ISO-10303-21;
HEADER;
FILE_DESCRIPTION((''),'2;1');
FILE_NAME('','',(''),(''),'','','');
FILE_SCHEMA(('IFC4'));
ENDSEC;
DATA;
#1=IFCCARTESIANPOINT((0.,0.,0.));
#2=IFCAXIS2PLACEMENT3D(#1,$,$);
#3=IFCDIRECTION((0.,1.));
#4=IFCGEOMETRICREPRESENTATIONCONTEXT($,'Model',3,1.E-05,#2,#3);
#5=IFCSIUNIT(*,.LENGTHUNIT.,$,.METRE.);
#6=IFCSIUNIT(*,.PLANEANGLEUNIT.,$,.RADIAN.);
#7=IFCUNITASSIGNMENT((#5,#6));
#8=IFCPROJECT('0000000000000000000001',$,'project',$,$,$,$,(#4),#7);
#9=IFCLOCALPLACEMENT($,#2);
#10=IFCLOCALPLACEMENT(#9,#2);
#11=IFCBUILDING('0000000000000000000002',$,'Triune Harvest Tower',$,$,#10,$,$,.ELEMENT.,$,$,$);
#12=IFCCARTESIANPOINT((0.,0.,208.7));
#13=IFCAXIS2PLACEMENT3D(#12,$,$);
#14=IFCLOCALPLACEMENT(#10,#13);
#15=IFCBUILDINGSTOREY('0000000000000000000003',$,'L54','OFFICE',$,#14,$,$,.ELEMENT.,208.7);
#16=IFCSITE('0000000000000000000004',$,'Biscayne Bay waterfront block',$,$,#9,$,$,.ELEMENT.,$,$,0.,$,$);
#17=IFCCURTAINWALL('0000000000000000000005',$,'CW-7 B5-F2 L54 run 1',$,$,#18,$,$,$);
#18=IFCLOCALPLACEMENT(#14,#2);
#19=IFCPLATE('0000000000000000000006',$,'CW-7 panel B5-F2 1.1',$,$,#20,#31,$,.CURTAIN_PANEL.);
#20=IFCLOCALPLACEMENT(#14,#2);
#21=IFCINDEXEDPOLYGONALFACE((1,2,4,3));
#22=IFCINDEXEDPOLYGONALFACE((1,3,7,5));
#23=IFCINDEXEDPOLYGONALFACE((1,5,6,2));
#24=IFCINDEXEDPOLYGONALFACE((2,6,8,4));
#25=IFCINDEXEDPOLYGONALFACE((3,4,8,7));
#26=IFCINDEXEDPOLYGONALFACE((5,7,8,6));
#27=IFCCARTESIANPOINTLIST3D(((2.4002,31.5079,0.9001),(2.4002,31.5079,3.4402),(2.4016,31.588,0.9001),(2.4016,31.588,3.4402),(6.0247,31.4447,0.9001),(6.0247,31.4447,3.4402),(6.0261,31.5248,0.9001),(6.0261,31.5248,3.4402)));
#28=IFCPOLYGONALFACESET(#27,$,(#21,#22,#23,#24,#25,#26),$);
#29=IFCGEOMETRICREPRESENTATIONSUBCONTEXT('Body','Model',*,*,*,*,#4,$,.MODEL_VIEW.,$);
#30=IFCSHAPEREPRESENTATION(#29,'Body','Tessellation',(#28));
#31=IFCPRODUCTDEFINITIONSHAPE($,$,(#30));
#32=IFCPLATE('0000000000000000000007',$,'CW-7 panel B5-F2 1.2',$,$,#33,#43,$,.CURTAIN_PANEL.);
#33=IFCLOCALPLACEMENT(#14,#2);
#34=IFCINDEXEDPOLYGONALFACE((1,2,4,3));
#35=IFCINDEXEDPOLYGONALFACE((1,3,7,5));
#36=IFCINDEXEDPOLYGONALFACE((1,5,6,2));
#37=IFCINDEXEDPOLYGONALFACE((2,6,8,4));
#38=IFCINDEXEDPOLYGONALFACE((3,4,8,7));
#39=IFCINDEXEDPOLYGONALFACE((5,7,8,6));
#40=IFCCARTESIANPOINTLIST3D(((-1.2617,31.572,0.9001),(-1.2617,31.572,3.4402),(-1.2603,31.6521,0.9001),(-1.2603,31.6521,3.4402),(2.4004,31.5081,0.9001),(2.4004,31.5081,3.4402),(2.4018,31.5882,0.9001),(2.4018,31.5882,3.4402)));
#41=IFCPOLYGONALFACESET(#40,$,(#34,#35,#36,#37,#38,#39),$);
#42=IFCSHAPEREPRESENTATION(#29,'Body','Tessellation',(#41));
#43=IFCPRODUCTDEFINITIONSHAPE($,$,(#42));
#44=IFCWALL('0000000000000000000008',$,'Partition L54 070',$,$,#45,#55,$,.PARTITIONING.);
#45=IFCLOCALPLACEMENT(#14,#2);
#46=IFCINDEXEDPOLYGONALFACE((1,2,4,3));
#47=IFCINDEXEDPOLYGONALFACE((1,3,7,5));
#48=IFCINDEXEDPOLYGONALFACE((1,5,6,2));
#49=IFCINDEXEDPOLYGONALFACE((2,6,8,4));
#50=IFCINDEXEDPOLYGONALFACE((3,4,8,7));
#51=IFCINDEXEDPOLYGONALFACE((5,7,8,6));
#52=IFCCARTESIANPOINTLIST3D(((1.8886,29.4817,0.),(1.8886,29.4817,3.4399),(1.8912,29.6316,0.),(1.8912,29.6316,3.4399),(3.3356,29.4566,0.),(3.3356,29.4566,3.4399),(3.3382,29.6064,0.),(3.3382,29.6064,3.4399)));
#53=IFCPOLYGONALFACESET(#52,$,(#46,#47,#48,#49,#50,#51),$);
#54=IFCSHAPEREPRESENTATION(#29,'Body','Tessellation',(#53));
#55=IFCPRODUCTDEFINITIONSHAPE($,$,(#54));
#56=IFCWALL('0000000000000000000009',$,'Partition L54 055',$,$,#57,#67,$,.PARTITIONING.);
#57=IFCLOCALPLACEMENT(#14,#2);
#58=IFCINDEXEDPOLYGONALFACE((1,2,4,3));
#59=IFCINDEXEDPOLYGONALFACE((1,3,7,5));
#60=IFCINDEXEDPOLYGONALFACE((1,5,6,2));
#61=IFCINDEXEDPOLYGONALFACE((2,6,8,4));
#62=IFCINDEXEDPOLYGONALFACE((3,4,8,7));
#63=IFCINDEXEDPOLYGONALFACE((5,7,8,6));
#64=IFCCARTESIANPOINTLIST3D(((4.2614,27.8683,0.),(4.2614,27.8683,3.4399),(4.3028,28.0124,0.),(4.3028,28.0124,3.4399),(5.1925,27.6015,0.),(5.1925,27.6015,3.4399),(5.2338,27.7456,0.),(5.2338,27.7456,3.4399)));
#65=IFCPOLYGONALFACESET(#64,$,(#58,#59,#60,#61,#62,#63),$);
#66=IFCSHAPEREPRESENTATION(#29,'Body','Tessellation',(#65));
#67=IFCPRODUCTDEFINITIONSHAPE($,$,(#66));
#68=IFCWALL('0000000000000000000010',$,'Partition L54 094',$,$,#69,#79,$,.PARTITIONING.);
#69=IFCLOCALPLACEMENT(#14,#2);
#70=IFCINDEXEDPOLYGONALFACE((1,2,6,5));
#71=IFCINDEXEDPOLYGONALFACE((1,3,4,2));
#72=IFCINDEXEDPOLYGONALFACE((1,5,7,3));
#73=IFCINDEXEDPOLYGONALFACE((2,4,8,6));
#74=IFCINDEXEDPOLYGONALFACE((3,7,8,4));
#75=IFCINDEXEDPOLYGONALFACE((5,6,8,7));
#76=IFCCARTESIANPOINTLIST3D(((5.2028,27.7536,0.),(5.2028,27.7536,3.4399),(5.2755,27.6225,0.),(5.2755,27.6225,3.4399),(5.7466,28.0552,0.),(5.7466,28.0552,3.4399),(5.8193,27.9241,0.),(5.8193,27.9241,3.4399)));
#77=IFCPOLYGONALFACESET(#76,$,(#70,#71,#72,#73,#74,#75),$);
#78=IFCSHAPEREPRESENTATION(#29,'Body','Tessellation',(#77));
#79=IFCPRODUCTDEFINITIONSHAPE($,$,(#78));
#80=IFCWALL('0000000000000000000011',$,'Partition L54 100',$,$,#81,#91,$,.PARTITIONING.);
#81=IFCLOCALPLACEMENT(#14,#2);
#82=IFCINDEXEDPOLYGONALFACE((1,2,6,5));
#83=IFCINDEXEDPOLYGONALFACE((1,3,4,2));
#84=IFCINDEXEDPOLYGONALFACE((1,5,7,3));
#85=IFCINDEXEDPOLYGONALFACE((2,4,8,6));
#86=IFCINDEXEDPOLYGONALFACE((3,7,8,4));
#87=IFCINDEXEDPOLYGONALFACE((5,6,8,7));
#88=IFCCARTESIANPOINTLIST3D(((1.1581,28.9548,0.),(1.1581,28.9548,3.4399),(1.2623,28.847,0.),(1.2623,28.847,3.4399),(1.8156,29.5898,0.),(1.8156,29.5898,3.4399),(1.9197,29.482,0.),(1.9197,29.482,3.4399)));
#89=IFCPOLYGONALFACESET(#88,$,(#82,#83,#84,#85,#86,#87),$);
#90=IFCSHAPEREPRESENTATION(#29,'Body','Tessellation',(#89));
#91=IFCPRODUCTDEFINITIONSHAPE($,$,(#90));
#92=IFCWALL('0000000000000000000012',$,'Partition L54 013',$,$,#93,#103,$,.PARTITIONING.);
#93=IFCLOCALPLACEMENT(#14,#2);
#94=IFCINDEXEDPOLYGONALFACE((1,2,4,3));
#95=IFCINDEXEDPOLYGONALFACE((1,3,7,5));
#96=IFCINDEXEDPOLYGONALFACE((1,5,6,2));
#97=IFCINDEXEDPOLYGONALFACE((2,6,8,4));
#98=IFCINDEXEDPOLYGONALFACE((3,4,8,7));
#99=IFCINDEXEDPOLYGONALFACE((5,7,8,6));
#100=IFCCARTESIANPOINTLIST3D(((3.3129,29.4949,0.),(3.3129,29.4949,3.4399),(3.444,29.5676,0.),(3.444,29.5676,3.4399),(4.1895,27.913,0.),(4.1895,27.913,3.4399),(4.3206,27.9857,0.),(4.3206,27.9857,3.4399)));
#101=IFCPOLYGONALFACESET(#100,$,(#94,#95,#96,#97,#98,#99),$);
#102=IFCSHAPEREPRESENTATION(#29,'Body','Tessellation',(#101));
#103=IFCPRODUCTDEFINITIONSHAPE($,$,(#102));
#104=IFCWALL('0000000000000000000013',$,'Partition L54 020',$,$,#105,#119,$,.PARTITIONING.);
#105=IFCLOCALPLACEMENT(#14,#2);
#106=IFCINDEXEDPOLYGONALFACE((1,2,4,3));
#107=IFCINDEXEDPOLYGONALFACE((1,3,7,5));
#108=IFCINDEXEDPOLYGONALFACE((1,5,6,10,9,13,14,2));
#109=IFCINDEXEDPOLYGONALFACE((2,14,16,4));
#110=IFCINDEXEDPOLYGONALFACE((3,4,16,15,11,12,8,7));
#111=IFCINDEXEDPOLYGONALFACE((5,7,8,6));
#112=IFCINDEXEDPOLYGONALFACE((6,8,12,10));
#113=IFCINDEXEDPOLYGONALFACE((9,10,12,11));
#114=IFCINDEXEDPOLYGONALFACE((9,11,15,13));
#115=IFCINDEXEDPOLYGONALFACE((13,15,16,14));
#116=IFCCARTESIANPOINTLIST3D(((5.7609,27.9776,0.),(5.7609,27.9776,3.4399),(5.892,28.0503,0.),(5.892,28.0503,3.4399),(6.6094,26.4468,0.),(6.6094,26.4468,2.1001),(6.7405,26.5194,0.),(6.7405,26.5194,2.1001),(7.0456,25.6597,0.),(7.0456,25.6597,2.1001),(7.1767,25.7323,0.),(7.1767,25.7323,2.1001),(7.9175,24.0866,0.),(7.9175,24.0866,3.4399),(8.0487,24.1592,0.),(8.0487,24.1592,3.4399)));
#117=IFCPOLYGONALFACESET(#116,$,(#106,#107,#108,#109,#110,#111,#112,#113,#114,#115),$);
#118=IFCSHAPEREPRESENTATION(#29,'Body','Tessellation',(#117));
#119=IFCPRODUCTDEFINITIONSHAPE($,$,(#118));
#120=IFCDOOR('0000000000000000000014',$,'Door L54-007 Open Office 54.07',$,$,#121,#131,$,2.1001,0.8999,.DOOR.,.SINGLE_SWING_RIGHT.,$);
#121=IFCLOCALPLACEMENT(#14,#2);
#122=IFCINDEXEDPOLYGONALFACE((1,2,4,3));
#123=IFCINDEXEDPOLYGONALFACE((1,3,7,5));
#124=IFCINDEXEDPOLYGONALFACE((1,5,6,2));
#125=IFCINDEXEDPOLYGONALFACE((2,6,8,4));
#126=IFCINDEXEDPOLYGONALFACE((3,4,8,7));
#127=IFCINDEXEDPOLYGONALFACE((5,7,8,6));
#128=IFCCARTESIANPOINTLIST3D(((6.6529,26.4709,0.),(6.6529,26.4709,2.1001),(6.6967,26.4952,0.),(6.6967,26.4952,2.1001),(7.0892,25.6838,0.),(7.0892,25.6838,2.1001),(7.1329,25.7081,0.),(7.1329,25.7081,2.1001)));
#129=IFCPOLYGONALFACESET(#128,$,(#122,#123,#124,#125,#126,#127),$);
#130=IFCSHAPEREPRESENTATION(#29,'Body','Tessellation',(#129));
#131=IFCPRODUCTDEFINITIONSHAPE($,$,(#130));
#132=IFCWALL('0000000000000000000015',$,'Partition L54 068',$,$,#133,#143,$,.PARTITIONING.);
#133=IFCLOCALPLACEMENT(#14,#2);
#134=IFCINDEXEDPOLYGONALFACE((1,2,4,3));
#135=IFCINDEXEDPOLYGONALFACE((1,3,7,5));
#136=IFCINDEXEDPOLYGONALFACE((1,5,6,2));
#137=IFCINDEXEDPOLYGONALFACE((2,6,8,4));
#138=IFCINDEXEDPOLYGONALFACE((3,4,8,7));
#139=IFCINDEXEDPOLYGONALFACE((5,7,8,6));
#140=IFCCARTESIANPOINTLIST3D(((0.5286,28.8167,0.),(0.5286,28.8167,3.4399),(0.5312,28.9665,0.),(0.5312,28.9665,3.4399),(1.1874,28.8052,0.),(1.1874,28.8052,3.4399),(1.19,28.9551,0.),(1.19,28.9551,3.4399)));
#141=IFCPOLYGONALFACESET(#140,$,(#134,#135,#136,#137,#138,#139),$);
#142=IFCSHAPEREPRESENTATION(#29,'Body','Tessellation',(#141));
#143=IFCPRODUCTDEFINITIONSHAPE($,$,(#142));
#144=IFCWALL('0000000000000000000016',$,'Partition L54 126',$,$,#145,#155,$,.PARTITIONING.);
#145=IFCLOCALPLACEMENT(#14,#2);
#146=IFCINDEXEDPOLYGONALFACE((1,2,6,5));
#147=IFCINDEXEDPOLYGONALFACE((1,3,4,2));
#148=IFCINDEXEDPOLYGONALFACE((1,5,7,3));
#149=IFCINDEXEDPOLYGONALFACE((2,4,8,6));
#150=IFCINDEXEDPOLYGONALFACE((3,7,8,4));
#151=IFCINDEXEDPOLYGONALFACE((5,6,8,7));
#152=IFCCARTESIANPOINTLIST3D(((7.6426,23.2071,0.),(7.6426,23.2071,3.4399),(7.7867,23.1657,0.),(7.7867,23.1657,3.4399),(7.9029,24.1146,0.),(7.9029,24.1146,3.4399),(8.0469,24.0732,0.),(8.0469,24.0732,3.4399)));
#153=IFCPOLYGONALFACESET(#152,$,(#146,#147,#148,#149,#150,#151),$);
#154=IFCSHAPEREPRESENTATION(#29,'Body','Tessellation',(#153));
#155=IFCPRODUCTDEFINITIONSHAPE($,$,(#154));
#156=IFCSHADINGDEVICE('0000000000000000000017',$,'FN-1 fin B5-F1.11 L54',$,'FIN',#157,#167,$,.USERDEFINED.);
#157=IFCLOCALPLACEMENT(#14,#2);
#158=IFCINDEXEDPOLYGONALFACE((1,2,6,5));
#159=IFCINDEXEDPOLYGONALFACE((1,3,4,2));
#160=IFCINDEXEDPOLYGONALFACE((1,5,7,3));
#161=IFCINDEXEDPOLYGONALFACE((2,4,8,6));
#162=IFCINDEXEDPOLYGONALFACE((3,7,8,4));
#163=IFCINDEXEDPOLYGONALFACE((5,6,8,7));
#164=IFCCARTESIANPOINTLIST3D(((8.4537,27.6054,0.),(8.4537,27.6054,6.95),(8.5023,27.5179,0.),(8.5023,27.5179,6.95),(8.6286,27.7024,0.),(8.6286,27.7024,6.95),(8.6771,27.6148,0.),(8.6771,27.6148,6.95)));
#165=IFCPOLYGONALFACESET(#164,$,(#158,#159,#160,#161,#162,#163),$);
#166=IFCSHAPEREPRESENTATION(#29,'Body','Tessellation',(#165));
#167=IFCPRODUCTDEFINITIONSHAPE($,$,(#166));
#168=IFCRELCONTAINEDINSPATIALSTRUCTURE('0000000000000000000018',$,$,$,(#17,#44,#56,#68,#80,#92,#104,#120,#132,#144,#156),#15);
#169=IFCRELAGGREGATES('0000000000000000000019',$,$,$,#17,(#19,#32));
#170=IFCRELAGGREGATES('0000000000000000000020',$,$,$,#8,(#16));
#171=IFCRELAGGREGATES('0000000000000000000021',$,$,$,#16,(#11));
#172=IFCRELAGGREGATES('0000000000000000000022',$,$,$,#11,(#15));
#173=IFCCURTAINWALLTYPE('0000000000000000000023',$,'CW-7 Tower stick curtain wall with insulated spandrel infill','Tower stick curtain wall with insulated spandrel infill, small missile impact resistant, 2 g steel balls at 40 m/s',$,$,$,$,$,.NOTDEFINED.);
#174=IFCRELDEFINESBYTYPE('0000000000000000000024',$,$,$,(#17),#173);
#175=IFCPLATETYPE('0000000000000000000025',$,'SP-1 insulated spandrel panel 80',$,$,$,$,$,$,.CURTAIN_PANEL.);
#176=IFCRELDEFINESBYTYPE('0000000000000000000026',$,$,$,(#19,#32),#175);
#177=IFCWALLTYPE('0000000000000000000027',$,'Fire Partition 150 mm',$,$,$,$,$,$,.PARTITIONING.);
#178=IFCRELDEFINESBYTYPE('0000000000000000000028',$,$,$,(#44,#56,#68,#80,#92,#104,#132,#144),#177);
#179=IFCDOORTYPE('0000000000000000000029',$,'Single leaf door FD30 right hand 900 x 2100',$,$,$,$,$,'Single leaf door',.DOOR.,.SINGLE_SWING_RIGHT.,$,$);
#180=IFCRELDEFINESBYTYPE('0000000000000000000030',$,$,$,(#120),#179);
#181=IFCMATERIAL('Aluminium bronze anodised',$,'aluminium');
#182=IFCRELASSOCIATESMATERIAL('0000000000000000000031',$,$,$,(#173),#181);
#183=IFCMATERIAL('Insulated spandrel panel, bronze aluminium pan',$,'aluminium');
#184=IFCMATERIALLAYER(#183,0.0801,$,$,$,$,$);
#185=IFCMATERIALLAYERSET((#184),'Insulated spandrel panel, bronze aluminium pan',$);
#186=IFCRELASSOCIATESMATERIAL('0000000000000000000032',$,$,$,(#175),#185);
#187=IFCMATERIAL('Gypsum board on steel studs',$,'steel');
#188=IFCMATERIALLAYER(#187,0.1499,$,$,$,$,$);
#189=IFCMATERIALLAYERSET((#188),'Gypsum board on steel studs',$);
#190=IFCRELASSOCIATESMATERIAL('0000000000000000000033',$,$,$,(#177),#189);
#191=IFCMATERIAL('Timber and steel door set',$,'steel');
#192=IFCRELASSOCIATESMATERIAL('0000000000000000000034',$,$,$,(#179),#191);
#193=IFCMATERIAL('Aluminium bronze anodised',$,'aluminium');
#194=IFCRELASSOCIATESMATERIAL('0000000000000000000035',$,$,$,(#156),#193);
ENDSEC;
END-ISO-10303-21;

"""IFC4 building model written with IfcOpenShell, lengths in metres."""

from ifc_helpers import new_model, si_unit, direction, frame, frame_2d, origin, origin_2d, place, context, subcontext, project, spatial, rectangle, extrude, source, transform, mapped, material, layer, layer_set, type_object, element, fill, aggregate, save


model = new_model("IFC4")

# Units and contexts
model_context = context("Model", 3, precision=1e-05, world=origin(), true_north=direction((0.0, 1.0)))
body_context = subcontext(model_context, "Body", "Model", "MODEL_VIEW")
ifc_project = project(units=[si_unit("LENGTHUNIT", "METRE"), si_unit("PLANEANGLEUNIT", "RADIAN")], contexts=[model_context])

# Site, building, storey
site_placement = place(None, origin())
site = spatial("IfcSite", under=ifc_project, at=site_placement, Name="Biscayne Bay waterfront block", CompositionType="ELEMENT", RefElevation=0.0)
building_placement = place(site_placement, origin())
building = spatial("IfcBuilding", under=site, at=building_placement, Name="Triune Harvest Tower", CompositionType="ELEMENT")
storey_placement = place(building_placement, frame((0.0, 0.0, 208.7)))
storey = spatial("IfcBuildingStorey", under=building, at=storey_placement, Name="L54", Description="OFFICE", CompositionType="ELEMENT", Elevation=208.7)

# Curtain wall
ifc_material_1 = material(Name="Aluminium bronze anodised", Category="aluminium")
curtain_wall_type_1 = type_object("IfcCurtainWallType", Name="CW-7 Tower stick curtain wall with insulated spandrel infill", Description="Tower stick curtain wall with insulated spandrel infill, small missile impact resistant, 2 g steel balls at 40 m/s", PredefinedType="NOTDEFINED", material=ifc_material_1)
curtain_wall_1_placement = place(storey_placement, origin())
curtain_wall_1 = element("IfcCurtainWall", 1, at=curtain_wall_1_placement, inside=storey, type_object=curtain_wall_type_1, Name="CW-7 B5-F2 L54 run 1")

# Plates
ifc_material_2 = material(Name="Insulated spandrel panel, bronze aluminium pan", Category="aluminium")
ifc_layer_1 = layer(ifc_material_2, 0.0801)
ifc_layer_set_1 = layer_set([ifc_layer_1], Name="Insulated spandrel panel, bronze aluminium pan")
plate_type = type_object("IfcPlateType", Name="SP-1 insulated spandrel panel 80", PredefinedType="CURTAIN_PANEL", material=ifc_layer_set_1)
shared_shape_1 = source(origin(), body_context, "Body", "SweptSolid", [
    extrude(rectangle(XDim=3.625, YDim=0.0801, at=origin_2d()), origin(), (0.0, 0.0, 1.0), 2.54),
])
plate_1_placement = place(storey_placement, frame((4.2131, 31.5164, 0.9001), z_axis=(0.0, 0.0, 1.0), x_axis=(-0.999848, 0.017446, 0.0)))
plate_1 = element("IfcPlate", 2, at=plate_1_placement, type_object=plate_type, Name="CW-7 panel B5-F2 1.1", PredefinedType="CURTAIN_PANEL", context=body_context, shape_type="MappedRepresentation", body=[
    mapped(shared_shape_1, transform((0.0, 0.0, 0.0), scale=1.0)),
])
shared_shape_2 = source(origin(), body_context, "Body", "SweptSolid", [
    extrude(rectangle(XDim=3.6626, YDim=0.0801, at=origin_2d()), origin(), (0.0, 0.0, 1.0), 2.54),
])
plate_2_placement = place(storey_placement, frame((0.5701, 31.5801, 0.9001), z_axis=(0.0, 0.0, 1.0), x_axis=(-0.999848, 0.017446, 0.0)))
plate_2 = element("IfcPlate", 3, at=plate_2_placement, type_object=plate_type, Name="CW-7 panel B5-F2 1.2", PredefinedType="CURTAIN_PANEL", context=body_context, shape_type="MappedRepresentation", body=[
    mapped(shared_shape_2, transform((0.0, 0.0, 0.0), scale=1.0)),
])
aggregate(curtain_wall_1, [plate_1, plate_2])

# Walls
ifc_material_3 = material(Name="Gypsum board on steel studs", Category="steel")
ifc_layer_2 = layer(ifc_material_3, 0.1499)
ifc_layer_set_2 = layer_set([ifc_layer_2], Name="Gypsum board on steel studs")
wall_type = type_object("IfcWallType", Name="Fire Partition 150 mm", PredefinedType="PARTITIONING", material=ifc_layer_set_2)
wall_1_placement = place(storey_placement, frame((1.8899, 29.5566, 0.0), z_axis=(0.0, 0.0, 1.0), x_axis=(0.999849, -0.017375, 0.0)))
element("IfcWall", 4, at=wall_1_placement, inside=storey, type_object=wall_type, Name="Partition L54 070", PredefinedType="PARTITIONING", context=body_context, shape_type="SweptSolid", body=[
    extrude(rectangle(XDim=1.4473, YDim=0.1499, at=frame_2d((0.7236, 0.0))), origin(), (0.0, 0.0, 1.0), 3.4399),
])
shared_shape_3 = source(origin(), body_context, "Body", "SweptSolid", [
    extrude(rectangle(XDim=0.9685, YDim=0.1499, at=frame_2d((0.4844, 0.0))), origin(), (0.0, 0.0, 1.0), 3.4399),
])
wall_2_placement = place(storey_placement, frame((4.282, 27.9404, 0.0), z_axis=(0.0, 0.0, 1.0), x_axis=(0.961286, -0.275553, 0.0)))
element("IfcWall", 5, at=wall_2_placement, inside=storey, type_object=wall_type, Name="Partition L54 055", PredefinedType="PARTITIONING", context=body_context, shape_type="MappedRepresentation", body=[
    mapped(shared_shape_3, transform((0.0, 0.0, 0.0), scale=1.0)),
])
shared_shape_4 = source(origin(), body_context, "Body", "SweptSolid", [
    extrude(rectangle(XDim=0.6218, YDim=0.1499, at=frame_2d((0.311, 0.0))), origin(), (0.0, 0.0, 1.0), 3.4399),
])
wall_3_placement = place(storey_placement, frame((5.239, 27.688, 0.0), z_axis=(0.0, 0.0, 1.0), x_axis=(0.874527, 0.484976, 0.0)))
element("IfcWall", 6, at=wall_3_placement, inside=storey, type_object=wall_type, Name="Partition L54 094", PredefinedType="PARTITIONING", context=body_context, shape_type="MappedRepresentation", body=[
    mapped(shared_shape_4, transform((0.0, 0.0, 0.0), scale=1.0)),
])
shared_shape_5 = source(origin(), body_context, "Body", "SweptSolid", [
    extrude(rectangle(XDim=0.9141, YDim=0.1499, at=frame_2d((0.457, 0.0))), origin(), (0.0, 0.0, 1.0), 3.4399),
])
wall_4_placement = place(storey_placement, frame((1.2102, 28.9009, 0.0), z_axis=(0.0, 0.0, 1.0), x_axis=(0.719286, 0.694714, 0.0)))
element("IfcWall", 7, at=wall_4_placement, inside=storey, type_object=wall_type, Name="Partition L54 100", PredefinedType="PARTITIONING", context=body_context, shape_type="MappedRepresentation", body=[
    mapped(shared_shape_5, transform((0.0, 0.0, 0.0), scale=1.0)),
])
shared_shape_6 = source(origin(), body_context, "Body", "SweptSolid", [
    extrude(rectangle(XDim=1.8086, YDim=0.1499, at=frame_2d((0.9043, 0.0))), origin(), (0.0, 0.0, 1.0), 3.4399),
])
wall_5_placement = place(storey_placement, frame((3.3784, 29.5312, 0.0), z_axis=(0.0, 0.0, 1.0), x_axis=(0.484714, -0.874673, 0.0)))
element("IfcWall", 8, at=wall_5_placement, inside=storey, type_object=wall_type, Name="Partition L54 013", PredefinedType="PARTITIONING", context=body_context, shape_type="MappedRepresentation", body=[
    mapped(shared_shape_6, transform((0.0, 0.0, 0.0), scale=1.0)),
])

# Wall, opening, door
shared_shape_7 = source(origin(), body_context, "Body", "SweptSolid", [
    extrude(rectangle(XDim=4.4487, YDim=0.1499, at=frame_2d((2.2244, 0.0))), origin(), (0.0, 0.0, 1.0), 3.4399),
])
wall_6_placement = place(storey_placement, frame((5.8264, 28.0139, 0.0), z_axis=(0.0, 0.0, 1.0), x_axis=(0.484785, -0.874633, 0.0)))
wall_6 = element("IfcWall", 9, at=wall_6_placement, inside=storey, type_object=wall_type, Name="Partition L54 020", PredefinedType="PARTITIONING", context=body_context, shape_type="MappedRepresentation", body=[
    mapped(shared_shape_7, transform((0.0, 0.0, 0.0), scale=1.0)),
])
opening_placement = place(wall_6_placement, frame((1.7502, 0.0, 0.0)))
opening = element("IfcOpeningElement", 10, at=opening_placement, cuts=wall_6, PredefinedType="OPENING", context=body_context, shape_type="SweptSolid", body=[
    extrude(rectangle(XDim=0.8999, YDim=2.1001, at=frame_2d((0.45, 1.05))), frame((0.0, 0.085, 0.0), z_axis=(0.0, -1.0, 0.0), x_axis=(1.0, 0.0, 0.0)), (0.0, 0.0, 1.0), 0.1699),
])
ifc_material_4 = material(Name="Timber and steel door set", Category="steel")
door_type = type_object("IfcDoorType", Name="Single leaf door FD30 right hand 900 x 2100", ElementType="Single leaf door", OperationType="SINGLE_SWING_RIGHT", PredefinedType="DOOR", material=ifc_material_4)
door_placement = place(opening_placement, origin())
door = element("IfcDoor", 11, at=door_placement, inside=storey, type_object=door_type, Name="Door L54-007 Open Office 54.07", OperationType="SINGLE_SWING_RIGHT", OverallHeight=2.1001, OverallWidth=0.8999, PredefinedType="DOOR", context=body_context, shape_type="SweptSolid", body=[
    extrude(rectangle(XDim=0.8999, YDim=2.1001, at=frame_2d((0.45, 1.05))), frame((0.0, 0.0249, 0.0), z_axis=(0.0, -1.0, 0.0), x_axis=(1.0, 0.0, 0.0)), (0.0, 0.0, 1.0), 0.05),
])
fill(opening, door)

# Walls
shared_shape_8 = source(origin(), body_context, "Body", "SweptSolid", [
    extrude(rectangle(XDim=0.6589, YDim=0.1499, at=frame_2d((0.3296, 0.0))), origin(), (0.0, 0.0, 1.0), 3.4399),
])
wall_7_placement = place(storey_placement, frame((0.5298, 28.8916, 0.0), z_axis=(0.0, 0.0, 1.0), x_axis=(0.999848, -0.017411, 0.0)))
element("IfcWall", 12, at=wall_7_placement, inside=storey, type_object=wall_type, Name="Partition L54 068", PredefinedType="PARTITIONING", context=body_context, shape_type="MappedRepresentation", body=[
    mapped(shared_shape_8, transform((0.0, 0.0, 0.0), scale=1.0)),
])
shared_shape_9 = source(origin(), body_context, "Body", "SweptSolid", [
    extrude(rectangle(XDim=0.9441, YDim=0.1499, at=frame_2d((0.4722, 0.0))), origin(), (0.0, 0.0, 1.0), 3.4399),
])
wall_8_placement = place(storey_placement, frame((7.7146, 23.1863, 0.0), z_axis=(0.0, 0.0, 1.0), x_axis=(0.275677, 0.96125, 0.0)))
element("IfcWall", 13, at=wall_8_placement, inside=storey, type_object=wall_type, Name="Partition L54 126", PredefinedType="PARTITIONING", context=body_context, shape_type="MappedRepresentation", body=[
    mapped(shared_shape_9, transform((0.0, 0.0, 0.0), scale=1.0)),
])

# Shading device
ifc_material_5 = material(Name="Aluminium bronze anodised", Category="aluminium")
shared_shape_10 = source(origin(), body_context, "Body", "SweptSolid", [
    extrude(rectangle(XDim=0.1001, YDim=0.2, at=origin_2d()), origin(), (0.0, 0.0, 1.0), 6.95),
])
shading_device_placement = place(storey_placement, frame((8.5654, 27.6101, 0.0), z_axis=(0.0, 0.0, 1.0), x_axis=(-0.484808, 0.87462, 0.0)))
element("IfcShadingDevice", 14, at=shading_device_placement, inside=storey, material=ifc_material_5, Name="FN-1 fin B5-F1.11 L54", ObjectType="FIN", PredefinedType="USERDEFINED", context=body_context, shape_type="MappedRepresentation", body=[
    mapped(shared_shape_10, transform((0.0, 0.0, 0.0), scale=1.0)),
])

save(model, "model.ifc")
